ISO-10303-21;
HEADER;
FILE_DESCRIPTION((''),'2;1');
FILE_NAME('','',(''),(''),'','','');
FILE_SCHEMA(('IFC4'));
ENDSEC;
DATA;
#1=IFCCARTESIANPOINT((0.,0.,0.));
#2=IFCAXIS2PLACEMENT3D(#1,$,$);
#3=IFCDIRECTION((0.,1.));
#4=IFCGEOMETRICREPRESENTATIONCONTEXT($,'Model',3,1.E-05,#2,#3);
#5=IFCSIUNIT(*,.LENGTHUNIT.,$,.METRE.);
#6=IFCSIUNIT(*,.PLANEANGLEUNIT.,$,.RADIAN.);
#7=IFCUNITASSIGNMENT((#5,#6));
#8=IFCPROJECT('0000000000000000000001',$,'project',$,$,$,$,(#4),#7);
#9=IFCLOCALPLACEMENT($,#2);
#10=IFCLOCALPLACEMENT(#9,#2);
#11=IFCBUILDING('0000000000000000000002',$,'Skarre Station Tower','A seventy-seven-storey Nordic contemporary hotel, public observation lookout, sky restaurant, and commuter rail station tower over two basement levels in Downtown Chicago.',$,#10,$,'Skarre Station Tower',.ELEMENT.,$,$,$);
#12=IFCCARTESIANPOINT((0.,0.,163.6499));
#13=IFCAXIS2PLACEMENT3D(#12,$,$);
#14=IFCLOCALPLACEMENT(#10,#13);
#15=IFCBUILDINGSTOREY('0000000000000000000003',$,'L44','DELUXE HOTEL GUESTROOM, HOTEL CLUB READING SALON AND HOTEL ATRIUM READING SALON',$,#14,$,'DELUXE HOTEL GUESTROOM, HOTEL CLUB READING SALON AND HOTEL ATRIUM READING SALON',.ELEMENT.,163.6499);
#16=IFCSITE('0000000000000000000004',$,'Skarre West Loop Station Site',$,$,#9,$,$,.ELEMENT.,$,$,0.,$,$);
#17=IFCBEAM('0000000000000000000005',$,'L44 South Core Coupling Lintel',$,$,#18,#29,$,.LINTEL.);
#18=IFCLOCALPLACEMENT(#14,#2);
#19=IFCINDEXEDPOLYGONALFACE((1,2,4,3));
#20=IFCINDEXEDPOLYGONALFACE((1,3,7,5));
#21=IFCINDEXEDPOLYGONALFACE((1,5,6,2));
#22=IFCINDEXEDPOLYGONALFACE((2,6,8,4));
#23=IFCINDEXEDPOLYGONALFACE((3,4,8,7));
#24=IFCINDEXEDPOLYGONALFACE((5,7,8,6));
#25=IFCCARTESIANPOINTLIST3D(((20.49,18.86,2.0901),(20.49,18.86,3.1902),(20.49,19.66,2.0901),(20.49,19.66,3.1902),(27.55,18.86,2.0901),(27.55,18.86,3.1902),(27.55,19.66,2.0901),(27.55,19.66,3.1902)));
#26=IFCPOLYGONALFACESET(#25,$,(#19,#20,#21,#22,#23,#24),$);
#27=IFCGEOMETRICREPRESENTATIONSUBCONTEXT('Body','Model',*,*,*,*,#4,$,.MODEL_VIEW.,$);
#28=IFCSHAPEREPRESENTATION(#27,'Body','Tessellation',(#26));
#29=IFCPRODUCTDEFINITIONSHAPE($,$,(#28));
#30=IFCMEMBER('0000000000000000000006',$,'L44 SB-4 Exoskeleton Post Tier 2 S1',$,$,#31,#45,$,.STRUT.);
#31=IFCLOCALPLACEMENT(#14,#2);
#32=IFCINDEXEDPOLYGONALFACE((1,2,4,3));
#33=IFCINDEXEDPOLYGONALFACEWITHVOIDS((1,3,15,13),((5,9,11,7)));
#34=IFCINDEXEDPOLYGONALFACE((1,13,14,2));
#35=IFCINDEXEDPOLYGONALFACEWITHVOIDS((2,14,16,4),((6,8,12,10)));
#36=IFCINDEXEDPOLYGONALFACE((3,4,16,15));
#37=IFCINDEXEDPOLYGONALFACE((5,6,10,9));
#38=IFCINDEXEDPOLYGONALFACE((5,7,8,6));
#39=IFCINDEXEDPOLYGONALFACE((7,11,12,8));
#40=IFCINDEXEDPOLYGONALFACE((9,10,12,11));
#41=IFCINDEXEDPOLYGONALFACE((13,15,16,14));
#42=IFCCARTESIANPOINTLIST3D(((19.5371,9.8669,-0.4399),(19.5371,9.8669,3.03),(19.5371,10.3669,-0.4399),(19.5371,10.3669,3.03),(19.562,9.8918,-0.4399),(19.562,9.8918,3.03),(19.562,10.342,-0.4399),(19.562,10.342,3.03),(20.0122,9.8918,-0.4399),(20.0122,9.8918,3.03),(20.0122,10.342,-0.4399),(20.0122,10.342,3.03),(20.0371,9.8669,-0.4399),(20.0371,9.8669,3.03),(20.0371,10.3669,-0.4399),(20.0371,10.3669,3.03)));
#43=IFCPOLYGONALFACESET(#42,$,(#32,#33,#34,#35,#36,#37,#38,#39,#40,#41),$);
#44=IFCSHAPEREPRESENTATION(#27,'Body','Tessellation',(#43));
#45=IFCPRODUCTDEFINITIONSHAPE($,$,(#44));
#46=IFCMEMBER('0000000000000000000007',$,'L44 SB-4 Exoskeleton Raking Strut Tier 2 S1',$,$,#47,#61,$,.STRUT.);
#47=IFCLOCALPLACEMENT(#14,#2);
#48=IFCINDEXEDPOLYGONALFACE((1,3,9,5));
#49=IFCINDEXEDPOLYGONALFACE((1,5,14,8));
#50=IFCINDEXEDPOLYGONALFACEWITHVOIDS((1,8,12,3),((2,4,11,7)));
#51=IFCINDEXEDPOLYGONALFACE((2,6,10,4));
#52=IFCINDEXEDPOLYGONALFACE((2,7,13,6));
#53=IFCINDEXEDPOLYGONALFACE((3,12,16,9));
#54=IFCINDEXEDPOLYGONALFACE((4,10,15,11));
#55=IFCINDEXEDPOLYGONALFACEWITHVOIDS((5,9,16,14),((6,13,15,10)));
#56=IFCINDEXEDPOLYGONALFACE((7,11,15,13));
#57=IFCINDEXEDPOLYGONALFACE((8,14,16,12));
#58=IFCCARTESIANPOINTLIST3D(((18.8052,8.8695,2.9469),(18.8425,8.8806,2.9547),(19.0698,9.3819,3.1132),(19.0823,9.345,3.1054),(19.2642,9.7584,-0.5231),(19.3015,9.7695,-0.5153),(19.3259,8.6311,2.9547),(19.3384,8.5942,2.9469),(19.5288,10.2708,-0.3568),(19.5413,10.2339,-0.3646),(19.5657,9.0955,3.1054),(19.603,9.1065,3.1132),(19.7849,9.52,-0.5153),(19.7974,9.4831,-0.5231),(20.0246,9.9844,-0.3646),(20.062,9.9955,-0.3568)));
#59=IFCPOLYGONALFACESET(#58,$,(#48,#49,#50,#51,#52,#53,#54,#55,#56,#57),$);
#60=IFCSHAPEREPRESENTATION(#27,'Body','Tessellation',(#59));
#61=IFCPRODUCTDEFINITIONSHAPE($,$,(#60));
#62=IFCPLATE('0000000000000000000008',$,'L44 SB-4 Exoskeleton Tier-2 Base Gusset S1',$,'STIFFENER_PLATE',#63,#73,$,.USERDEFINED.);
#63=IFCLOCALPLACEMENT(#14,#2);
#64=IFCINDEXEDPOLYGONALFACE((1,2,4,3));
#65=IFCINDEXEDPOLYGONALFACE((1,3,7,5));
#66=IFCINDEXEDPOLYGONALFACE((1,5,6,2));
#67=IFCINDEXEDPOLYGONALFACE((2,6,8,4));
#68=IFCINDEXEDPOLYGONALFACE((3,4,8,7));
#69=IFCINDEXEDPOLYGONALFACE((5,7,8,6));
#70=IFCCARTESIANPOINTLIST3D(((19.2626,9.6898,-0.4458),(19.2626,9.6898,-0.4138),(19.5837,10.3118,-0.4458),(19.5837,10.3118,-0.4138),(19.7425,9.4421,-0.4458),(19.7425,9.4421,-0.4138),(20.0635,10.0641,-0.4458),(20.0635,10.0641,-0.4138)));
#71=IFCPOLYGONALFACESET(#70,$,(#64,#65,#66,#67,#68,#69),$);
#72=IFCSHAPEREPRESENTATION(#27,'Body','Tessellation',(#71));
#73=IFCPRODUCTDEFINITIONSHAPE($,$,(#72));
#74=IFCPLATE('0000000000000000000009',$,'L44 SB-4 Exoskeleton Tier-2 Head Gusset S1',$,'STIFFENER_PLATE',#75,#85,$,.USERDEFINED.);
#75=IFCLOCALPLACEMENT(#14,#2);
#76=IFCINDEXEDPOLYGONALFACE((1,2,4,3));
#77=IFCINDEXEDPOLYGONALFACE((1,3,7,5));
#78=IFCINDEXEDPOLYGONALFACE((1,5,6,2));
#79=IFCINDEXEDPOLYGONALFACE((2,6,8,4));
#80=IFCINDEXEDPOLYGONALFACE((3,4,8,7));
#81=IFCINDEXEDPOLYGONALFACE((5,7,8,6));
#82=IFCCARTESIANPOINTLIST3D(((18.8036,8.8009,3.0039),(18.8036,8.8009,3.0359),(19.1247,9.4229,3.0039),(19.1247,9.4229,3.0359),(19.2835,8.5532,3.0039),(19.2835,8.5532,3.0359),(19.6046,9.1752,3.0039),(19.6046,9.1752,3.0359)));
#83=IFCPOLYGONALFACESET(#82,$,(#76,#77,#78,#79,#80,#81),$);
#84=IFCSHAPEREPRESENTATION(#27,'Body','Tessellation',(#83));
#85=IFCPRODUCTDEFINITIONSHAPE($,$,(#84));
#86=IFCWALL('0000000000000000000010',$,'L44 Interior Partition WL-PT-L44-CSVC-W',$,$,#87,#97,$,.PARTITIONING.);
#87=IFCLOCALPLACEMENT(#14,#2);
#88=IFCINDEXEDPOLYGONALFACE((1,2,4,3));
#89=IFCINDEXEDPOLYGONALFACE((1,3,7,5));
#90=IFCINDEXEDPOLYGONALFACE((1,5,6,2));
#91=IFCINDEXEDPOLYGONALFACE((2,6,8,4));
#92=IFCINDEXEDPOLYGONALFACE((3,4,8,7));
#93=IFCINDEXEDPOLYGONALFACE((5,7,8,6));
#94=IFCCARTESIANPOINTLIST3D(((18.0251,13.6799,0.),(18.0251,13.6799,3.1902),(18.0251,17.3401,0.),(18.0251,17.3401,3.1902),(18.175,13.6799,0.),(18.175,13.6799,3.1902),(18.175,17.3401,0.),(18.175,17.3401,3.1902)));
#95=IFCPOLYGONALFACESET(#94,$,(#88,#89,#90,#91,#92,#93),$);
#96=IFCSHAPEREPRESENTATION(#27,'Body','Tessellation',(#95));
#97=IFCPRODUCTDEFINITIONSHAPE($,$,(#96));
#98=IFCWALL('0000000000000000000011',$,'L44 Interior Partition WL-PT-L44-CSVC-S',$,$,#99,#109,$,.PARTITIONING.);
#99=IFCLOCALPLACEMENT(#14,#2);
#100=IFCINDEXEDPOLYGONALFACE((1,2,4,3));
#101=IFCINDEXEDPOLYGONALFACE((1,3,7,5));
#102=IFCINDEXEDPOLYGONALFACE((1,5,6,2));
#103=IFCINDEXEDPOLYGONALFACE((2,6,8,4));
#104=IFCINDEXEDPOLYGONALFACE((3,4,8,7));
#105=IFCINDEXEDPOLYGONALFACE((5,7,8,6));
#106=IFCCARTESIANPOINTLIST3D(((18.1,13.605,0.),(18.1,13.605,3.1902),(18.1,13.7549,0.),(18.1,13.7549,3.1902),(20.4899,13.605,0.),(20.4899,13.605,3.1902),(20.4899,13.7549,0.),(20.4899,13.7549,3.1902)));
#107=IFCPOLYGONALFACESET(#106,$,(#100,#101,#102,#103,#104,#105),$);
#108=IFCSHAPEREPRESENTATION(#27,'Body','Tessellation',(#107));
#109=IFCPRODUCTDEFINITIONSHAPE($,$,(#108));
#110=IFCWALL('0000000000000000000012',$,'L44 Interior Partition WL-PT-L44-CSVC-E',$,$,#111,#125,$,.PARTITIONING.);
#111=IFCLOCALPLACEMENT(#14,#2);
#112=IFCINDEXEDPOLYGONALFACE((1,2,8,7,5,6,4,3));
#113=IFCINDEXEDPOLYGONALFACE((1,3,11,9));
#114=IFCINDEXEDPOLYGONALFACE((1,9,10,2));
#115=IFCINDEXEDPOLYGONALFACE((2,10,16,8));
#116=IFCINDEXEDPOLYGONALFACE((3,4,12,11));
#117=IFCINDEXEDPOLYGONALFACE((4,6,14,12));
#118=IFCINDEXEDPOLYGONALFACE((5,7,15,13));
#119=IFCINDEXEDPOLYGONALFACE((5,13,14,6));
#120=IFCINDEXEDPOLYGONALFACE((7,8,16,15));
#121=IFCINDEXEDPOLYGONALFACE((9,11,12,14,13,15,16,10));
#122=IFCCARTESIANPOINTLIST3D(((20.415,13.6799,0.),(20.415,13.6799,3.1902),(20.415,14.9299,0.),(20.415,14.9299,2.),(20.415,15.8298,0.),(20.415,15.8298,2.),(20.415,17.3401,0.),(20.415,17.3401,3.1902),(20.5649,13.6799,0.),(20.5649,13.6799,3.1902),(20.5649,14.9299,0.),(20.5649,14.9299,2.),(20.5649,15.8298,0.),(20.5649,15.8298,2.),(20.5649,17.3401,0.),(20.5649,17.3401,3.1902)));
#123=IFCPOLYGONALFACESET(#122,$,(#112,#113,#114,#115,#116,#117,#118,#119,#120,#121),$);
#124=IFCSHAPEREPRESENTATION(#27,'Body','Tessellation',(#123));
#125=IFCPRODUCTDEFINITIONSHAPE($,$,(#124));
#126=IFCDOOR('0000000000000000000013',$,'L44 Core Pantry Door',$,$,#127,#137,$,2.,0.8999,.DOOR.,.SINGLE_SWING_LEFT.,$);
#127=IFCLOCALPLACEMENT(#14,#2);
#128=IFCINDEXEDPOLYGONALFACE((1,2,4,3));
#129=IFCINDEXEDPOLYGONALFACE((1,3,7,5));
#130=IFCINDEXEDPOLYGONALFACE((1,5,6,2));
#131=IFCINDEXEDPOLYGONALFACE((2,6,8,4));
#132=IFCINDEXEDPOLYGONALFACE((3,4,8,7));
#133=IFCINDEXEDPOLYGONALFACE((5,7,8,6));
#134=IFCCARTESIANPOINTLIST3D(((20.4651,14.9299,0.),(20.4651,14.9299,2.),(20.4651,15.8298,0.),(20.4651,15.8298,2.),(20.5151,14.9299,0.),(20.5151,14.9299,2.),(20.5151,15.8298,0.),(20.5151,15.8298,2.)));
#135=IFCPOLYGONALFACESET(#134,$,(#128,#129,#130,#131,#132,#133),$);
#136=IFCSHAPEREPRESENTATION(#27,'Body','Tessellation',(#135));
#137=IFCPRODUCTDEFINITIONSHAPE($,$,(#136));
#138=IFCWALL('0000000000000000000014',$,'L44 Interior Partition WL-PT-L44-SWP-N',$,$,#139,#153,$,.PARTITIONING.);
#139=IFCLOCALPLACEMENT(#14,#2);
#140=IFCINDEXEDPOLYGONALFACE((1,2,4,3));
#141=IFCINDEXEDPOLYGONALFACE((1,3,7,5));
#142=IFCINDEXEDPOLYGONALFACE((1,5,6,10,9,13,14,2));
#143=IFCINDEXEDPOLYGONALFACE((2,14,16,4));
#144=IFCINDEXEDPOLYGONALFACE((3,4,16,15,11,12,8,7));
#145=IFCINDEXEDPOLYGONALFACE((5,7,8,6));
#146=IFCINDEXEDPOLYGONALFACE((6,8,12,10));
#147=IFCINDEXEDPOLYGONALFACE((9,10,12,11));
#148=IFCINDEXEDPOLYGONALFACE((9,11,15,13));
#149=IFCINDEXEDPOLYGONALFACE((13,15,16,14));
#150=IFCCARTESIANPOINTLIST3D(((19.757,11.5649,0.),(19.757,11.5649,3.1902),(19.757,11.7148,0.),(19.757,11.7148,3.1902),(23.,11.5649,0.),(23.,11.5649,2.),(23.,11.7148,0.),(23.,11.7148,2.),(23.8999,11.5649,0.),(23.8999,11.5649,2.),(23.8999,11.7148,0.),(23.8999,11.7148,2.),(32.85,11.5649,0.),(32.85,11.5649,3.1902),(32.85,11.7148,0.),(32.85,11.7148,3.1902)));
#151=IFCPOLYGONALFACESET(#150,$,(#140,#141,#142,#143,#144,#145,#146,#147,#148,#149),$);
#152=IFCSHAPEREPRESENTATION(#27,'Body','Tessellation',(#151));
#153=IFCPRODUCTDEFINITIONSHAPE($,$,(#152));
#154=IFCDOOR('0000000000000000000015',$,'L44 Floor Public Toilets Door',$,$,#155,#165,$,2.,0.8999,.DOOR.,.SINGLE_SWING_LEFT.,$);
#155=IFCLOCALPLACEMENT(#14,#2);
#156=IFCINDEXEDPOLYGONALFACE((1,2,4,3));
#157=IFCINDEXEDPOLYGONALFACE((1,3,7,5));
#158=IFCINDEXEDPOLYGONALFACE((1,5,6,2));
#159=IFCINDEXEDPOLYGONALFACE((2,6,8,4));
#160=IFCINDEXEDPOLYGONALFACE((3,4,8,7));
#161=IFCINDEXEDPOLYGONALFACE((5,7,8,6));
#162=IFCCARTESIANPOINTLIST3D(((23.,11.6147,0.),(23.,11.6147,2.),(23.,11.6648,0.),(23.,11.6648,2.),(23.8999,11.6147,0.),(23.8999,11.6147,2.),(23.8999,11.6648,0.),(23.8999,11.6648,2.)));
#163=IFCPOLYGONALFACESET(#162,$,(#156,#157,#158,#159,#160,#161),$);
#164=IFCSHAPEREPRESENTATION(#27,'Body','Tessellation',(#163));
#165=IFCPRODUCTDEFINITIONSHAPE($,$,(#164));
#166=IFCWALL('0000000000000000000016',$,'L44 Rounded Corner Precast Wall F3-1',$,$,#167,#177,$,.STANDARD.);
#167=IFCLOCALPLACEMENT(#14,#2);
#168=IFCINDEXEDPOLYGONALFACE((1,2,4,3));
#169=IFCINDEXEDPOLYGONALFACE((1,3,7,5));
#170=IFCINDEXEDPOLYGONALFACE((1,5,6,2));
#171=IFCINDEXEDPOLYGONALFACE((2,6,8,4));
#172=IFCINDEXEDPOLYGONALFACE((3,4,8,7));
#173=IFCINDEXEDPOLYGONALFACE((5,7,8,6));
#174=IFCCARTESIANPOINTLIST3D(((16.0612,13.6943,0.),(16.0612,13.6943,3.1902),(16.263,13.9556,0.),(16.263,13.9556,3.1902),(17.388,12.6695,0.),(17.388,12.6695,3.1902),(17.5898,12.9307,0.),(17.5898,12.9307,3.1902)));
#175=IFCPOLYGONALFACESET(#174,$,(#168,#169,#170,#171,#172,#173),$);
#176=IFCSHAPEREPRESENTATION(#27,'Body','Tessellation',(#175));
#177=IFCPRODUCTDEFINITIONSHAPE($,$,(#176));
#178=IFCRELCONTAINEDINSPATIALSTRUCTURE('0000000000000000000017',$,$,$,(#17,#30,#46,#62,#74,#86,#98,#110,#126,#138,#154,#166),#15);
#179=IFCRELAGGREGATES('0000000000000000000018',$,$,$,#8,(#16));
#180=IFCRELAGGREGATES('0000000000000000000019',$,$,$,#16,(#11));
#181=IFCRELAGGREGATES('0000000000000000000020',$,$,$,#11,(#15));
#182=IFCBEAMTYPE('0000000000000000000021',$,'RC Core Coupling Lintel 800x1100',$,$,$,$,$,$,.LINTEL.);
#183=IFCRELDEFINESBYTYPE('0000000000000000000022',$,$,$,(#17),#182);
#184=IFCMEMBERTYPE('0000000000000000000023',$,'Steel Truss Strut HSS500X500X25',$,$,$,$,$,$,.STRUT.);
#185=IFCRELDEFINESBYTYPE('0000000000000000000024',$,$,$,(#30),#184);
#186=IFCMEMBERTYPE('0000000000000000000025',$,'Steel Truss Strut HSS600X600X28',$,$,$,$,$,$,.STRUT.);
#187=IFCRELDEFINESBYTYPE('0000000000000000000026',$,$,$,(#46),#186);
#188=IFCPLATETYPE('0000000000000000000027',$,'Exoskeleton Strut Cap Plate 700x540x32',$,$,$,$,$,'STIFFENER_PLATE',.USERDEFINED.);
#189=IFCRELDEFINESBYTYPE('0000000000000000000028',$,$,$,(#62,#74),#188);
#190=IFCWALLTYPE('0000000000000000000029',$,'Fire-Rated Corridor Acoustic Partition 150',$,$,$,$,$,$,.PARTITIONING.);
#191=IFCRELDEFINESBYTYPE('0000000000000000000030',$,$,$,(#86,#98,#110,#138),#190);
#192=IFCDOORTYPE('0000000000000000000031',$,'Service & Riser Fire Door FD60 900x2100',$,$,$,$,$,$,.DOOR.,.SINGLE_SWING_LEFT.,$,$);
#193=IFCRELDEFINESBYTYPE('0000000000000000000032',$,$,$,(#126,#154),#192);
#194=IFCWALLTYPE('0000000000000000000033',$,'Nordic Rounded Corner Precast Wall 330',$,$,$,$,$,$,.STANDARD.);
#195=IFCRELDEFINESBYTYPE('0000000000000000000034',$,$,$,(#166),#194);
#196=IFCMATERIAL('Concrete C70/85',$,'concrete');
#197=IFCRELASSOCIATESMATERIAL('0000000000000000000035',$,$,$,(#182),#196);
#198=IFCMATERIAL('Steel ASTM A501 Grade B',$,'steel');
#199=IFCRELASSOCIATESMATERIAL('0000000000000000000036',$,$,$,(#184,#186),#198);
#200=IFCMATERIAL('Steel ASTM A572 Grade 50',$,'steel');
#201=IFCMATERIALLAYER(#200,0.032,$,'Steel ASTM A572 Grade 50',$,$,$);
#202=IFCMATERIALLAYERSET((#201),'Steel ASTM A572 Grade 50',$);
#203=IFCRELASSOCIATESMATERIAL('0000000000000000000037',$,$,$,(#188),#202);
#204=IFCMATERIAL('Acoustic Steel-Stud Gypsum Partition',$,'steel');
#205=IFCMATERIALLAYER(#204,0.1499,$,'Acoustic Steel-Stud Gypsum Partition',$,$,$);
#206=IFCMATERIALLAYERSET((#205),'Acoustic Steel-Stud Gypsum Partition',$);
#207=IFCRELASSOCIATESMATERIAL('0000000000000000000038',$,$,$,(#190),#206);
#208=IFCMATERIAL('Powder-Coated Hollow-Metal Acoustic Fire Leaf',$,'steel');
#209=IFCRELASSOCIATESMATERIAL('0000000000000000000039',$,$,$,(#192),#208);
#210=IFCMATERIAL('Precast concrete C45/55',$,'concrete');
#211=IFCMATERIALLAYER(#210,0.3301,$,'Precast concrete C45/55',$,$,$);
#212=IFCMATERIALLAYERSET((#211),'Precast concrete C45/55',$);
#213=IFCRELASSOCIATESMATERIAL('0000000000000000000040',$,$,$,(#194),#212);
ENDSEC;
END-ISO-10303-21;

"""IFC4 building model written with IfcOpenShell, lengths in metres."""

from ifc_helpers import new_model, si_unit, direction, frame, frame_2d, origin, origin_2d, place, context, subcontext, project, spatial, rectangle, hollow_rectangle, extrude, material, layer, layer_set, material_profile, profile_set, type_object, element, fill, save


model = new_model("IFC4")

# Units and contexts
model_context = context("Model", 3, precision=1e-05, world=origin(), true_north=direction((0.0, 1.0)))
body_context = subcontext(model_context, "Body", "Model", "MODEL_VIEW")
ifc_project = project(units=[si_unit("LENGTHUNIT", "METRE"), si_unit("PLANEANGLEUNIT", "RADIAN")], contexts=[model_context])

# Site, building, storey
site_placement = place(None, origin())
site = spatial("IfcSite", under=ifc_project, at=site_placement, Name="Skarre West Loop Station Site", CompositionType="ELEMENT", RefElevation=0.0)
building_placement = place(site_placement, origin())
building = spatial("IfcBuilding", under=site, at=building_placement, Name="Skarre Station Tower", Description="A seventy-seven-storey Nordic contemporary hotel, public observation lookout, sky restaurant, and commuter rail station tower over two basement levels in Downtown Chicago.", LongName="Skarre Station Tower", CompositionType="ELEMENT")
storey_placement = place(building_placement, frame((0.0, 0.0, 163.6499)))
storey = spatial("IfcBuildingStorey", under=building, at=storey_placement, Name="L44", Description="DELUXE HOTEL GUESTROOM, HOTEL CLUB READING SALON AND HOTEL ATRIUM READING SALON", LongName="DELUXE HOTEL GUESTROOM, HOTEL CLUB READING SALON AND HOTEL ATRIUM READING SALON", CompositionType="ELEMENT", Elevation=163.6499)

# Beam
ifc_material_1 = material(Name="Concrete C70/85", Category="concrete")
ifc_material_profile_1 = material_profile(ifc_material_1, rectangle(XDim=0.8, YDim=1.1001, at=origin_2d()), Name="Concrete C70/85")
ifc_profile_set_1 = profile_set([ifc_material_profile_1], Name="Concrete C70/85")
beam_type = type_object("IfcBeamType", Name="RC Core Coupling Lintel 800x1100", PredefinedType="LINTEL", material=ifc_profile_set_1)
beam_placement = place(storey_placement, frame((20.49, 19.26, 2.6401), z_axis=(1.0, 0.0, 0.0), x_axis=(0.0, 1.0, 0.0)))
element("IfcBeam", 1, at=beam_placement, inside=storey, type_object=beam_type, Name="L44 South Core Coupling Lintel", PredefinedType="LINTEL", context=body_context, shape_type="SweptSolid", body=[
    extrude(rectangle(XDim=0.8, YDim=1.1001, at=origin_2d()), origin(), (0.0, 0.0, 1.0), 7.0601),
])

# Members
ifc_material_2 = material(Name="Steel ASTM A501 Grade B", Category="steel")
ifc_material_profile_2 = material_profile(ifc_material_2, hollow_rectangle(XDim=0.5, YDim=0.5, WallThickness=0.0249, at=origin_2d()), Name="Steel ASTM A501 Grade B")
ifc_profile_set_2 = profile_set([ifc_material_profile_2], Name="Steel ASTM A501 Grade B")
member_type_1 = type_object("IfcMemberType", Name="Steel Truss Strut HSS500X500X25", PredefinedType="STRUT", material=ifc_profile_set_2)
member_1_placement = place(storey_placement, frame((19.7871, 10.1169, -0.4399), z_axis=(0.0, 0.0, 1.0), x_axis=(1.0, 0.0, 0.0)))
element("IfcMember", 2, at=member_1_placement, inside=storey, type_object=member_type_1, Name="L44 SB-4 Exoskeleton Post Tier 2 S1", PredefinedType="STRUT", context=body_context, shape_type="SweptSolid", body=[
    extrude(hollow_rectangle(XDim=0.5, YDim=0.5, WallThickness=0.0249, at=origin_2d()), origin(), (0.0, 0.0, 1.0), 3.47),
])
ifc_material_profile_3 = material_profile(ifc_material_2, hollow_rectangle(XDim=0.6001, YDim=0.6001, WallThickness=0.0281, at=origin_2d()), Name="Steel ASTM A501 Grade B")
ifc_profile_set_3 = profile_set([ifc_material_profile_3], Name="Steel ASTM A501 Grade B")
member_type_2 = type_object("IfcMemberType", Name="Steel Truss Strut HSS600X600X28", PredefinedType="STRUT", material=ifc_profile_set_3)
member_2_placement = place(storey_placement, frame((19.6631, 9.877, -0.4399), z_axis=(-0.127096, -0.246148, 0.960863), x_axis=(0.888544, -0.458792, 0.0)))
element("IfcMember", 3, at=member_2_placement, inside=storey, type_object=member_type_2, Name="L44 SB-4 Exoskeleton Raking Strut Tier 2 S1", PredefinedType="STRUT", context=body_context, shape_type="SweptSolid", body=[
    extrude(hollow_rectangle(XDim=0.6001, YDim=0.6001, WallThickness=0.0281, at=origin_2d()), origin(), (0.0, 0.0, 1.0), 3.6113),
])

# Plates
ifc_material_3 = material(Name="Steel ASTM A572 Grade 50", Category="steel")
ifc_layer_1 = layer(ifc_material_3, 0.032, Name="Steel ASTM A572 Grade 50")
ifc_layer_set_1 = layer_set([ifc_layer_1], Name="Steel ASTM A572 Grade 50")
plate_type = type_object("IfcPlateType", Name="Exoskeleton Strut Cap Plate 700x540x32", ElementType="STIFFENER_PLATE", PredefinedType="USERDEFINED", material=ifc_layer_set_1)
for number, where, z_axis, x_axis, name in (
    (4, (19.6631, 9.877, -0.4458), (0.0, 0.0, 1.0), (-0.458634, -0.888625, 0.0), "L44 SB-4 Exoskeleton Tier-2 Base Gusset S1"),
    (5, (19.2041, 8.988, 3.0039), (0.0, 0.0, 1.0), (-0.458634, -0.888625, 0.0), "L44 SB-4 Exoskeleton Tier-2 Head Gusset S1"),
):
    element("IfcPlate", number, at=place(storey_placement, frame(where, z_axis=z_axis, x_axis=x_axis)), inside=storey, type_object=plate_type, Name=name, ObjectType="STIFFENER_PLATE", PredefinedType="USERDEFINED", context=body_context, shape_type="SweptSolid", body=[
        extrude(rectangle(XDim=0.7, YDim=0.54, at=origin_2d()), origin(), (0.0, 0.0, 1.0), 0.032),
    ])

# Walls
ifc_material_4 = material(Name="Acoustic Steel-Stud Gypsum Partition", Category="steel")
ifc_layer_2 = layer(ifc_material_4, 0.1499, Name="Acoustic Steel-Stud Gypsum Partition")
ifc_layer_set_2 = layer_set([ifc_layer_2], Name="Acoustic Steel-Stud Gypsum Partition")
wall_type_1 = type_object("IfcWallType", Name="Fire-Rated Corridor Acoustic Partition 150", PredefinedType="PARTITIONING", material=ifc_layer_set_2)
wall_1_placement = place(storey_placement, frame((18.1001, 17.3401, 0.0), z_axis=(0.0, 0.0, 1.0), x_axis=(0.0, -1.0, 0.0)))
element("IfcWall", 6, at=wall_1_placement, inside=storey, type_object=wall_type_1, Name="L44 Interior Partition WL-PT-L44-CSVC-W", PredefinedType="PARTITIONING", context=body_context, shape_type="SweptSolid", body=[
    extrude(rectangle(XDim=3.6602, YDim=0.1499, at=frame_2d((1.8301, 0.0))), origin(), (0.0, 0.0, 1.0), 3.1902),
])
wall_2_placement = place(storey_placement, frame((18.1001, 13.6799, 0.0), z_axis=(0.0, 0.0, 1.0), x_axis=(1.0, 0.0, 0.0)))
element("IfcWall", 7, at=wall_2_placement, inside=storey, type_object=wall_type_1, Name="L44 Interior Partition WL-PT-L44-CSVC-S", PredefinedType="PARTITIONING", context=body_context, shape_type="SweptSolid", body=[
    extrude(rectangle(XDim=2.3899, YDim=0.1499, at=frame_2d((1.1948, 0.0))), origin(), (0.0, 0.0, 1.0), 3.1902),
])

# Walls, openings, doors
wall_3_placement = place(storey_placement, frame((20.49, 13.6799, 0.0), z_axis=(0.0, 0.0, 1.0), x_axis=(0.0, 1.0, 0.0)))
wall_3 = element("IfcWall", 8, at=wall_3_placement, inside=storey, type_object=wall_type_1, Name="L44 Interior Partition WL-PT-L44-CSVC-E", PredefinedType="PARTITIONING", context=body_context, shape_type="SweptSolid", body=[
    extrude(rectangle(XDim=3.6602, YDim=0.1499, at=frame_2d((1.8301, 0.0))), origin(), (0.0, 0.0, 1.0), 3.1902),
])
opening_1_placement = place(wall_3_placement, frame((1.25, 0.0, 0.0)))
opening_1 = element("IfcOpeningElement", 9, at=opening_1_placement, cuts=wall_3, PredefinedType="OPENING", context=body_context, shape_type="SweptSolid", body=[
    extrude(rectangle(XDim=0.8999, YDim=2.0, at=frame_2d((0.45, 1.0))), frame((0.0, 0.085, 0.0), z_axis=(0.0, -1.0, 0.0), x_axis=(1.0, 0.0, 0.0)), (0.0, 0.0, 1.0), 0.1699),
])
ifc_material_5 = material(Name="Powder-Coated Hollow-Metal Acoustic Fire Leaf", Category="steel")
door_type_1 = type_object("IfcDoorType", Name="Service & Riser Fire Door FD60 900x2100", OperationType="SINGLE_SWING_LEFT", PredefinedType="DOOR", material=ifc_material_5)
door_1_placement = place(opening_1_placement, origin())
door_1 = element("IfcDoor", 10, at=door_1_placement, inside=storey, type_object=door_type_1, Name="L44 Core Pantry Door", OperationType="SINGLE_SWING_LEFT", OverallHeight=2.0, OverallWidth=0.8999, PredefinedType="DOOR", context=body_context, shape_type="SweptSolid", body=[
    extrude(rectangle(XDim=0.8999, YDim=2.0, at=frame_2d((0.45, 1.0))), frame((0.0, 0.0249, 0.0), z_axis=(0.0, -1.0, 0.0), x_axis=(1.0, 0.0, 0.0)), (0.0, 0.0, 1.0), 0.05),
])
fill(opening_1, door_1)
wall_4_placement = place(storey_placement, frame((19.7571, 11.6399, 0.0), z_axis=(0.0, 0.0, 1.0), x_axis=(1.0, 0.0, 0.0)))
wall_4 = element("IfcWall", 11, at=wall_4_placement, inside=storey, type_object=wall_type_1, Name="L44 Interior Partition WL-PT-L44-SWP-N", PredefinedType="PARTITIONING", context=body_context, shape_type="SweptSolid", body=[
    extrude(rectangle(XDim=13.093, YDim=0.1499, at=frame_2d((6.5464, 0.0))), origin(), (0.0, 0.0, 1.0), 3.1902),
])
opening_2_placement = place(wall_4_placement, frame((3.2429, 0.0, 0.0)))
opening_2 = element("IfcOpeningElement", 12, at=opening_2_placement, cuts=wall_4, PredefinedType="OPENING", context=body_context, shape_type="SweptSolid", body=[
    extrude(rectangle(XDim=0.8999, YDim=2.0, at=frame_2d((0.45, 1.0))), frame((0.0, 0.085, 0.0), z_axis=(0.0, -1.0, 0.0), x_axis=(1.0, 0.0, 0.0)), (0.0, 0.0, 1.0), 0.1699),
])
door_2_placement = place(opening_2_placement, origin())
door_2 = element("IfcDoor", 13, at=door_2_placement, inside=storey, type_object=door_type_1, Name="L44 Floor Public Toilets Door", OperationType="SINGLE_SWING_LEFT", OverallHeight=2.0, OverallWidth=0.8999, PredefinedType="DOOR", context=body_context, shape_type="SweptSolid", body=[
    extrude(rectangle(XDim=0.8999, YDim=2.0, at=frame_2d((0.45, 1.0))), frame((0.0, 0.0249, 0.0), z_axis=(0.0, -1.0, 0.0), x_axis=(1.0, 0.0, 0.0)), (0.0, 0.0, 1.0), 0.05),
])
fill(opening_2, door_2)

# Wall
ifc_material_6 = material(Name="Precast concrete C45/55", Category="concrete")
ifc_layer_3 = layer(ifc_material_6, 0.3301, Name="Precast concrete C45/55")
ifc_layer_set_3 = layer_set([ifc_layer_3], Name="Precast concrete C45/55")
wall_type_2 = type_object("IfcWallType", Name="Nordic Rounded Corner Precast Wall 330", PredefinedType="STANDARD", material=ifc_layer_set_3)
wall_5_placement = place(storey_placement, frame((17.489, 12.8, 0.0), z_axis=(0.0, 0.0, 1.0), x_axis=(-0.79141, 0.611286, 0.0)))
element("IfcWall", 14, at=wall_5_placement, inside=storey, type_object=wall_type_2, Name="L44 Rounded Corner Precast Wall F3-1", PredefinedType="STANDARD", context=body_context, shape_type="SweptSolid", body=[
    extrude(rectangle(XDim=1.6765, YDim=0.3301, at=frame_2d((0.8384, 0.0))), origin(), (0.0, 0.0, 1.0), 3.1902),
])

save(model, "model.ifc")
